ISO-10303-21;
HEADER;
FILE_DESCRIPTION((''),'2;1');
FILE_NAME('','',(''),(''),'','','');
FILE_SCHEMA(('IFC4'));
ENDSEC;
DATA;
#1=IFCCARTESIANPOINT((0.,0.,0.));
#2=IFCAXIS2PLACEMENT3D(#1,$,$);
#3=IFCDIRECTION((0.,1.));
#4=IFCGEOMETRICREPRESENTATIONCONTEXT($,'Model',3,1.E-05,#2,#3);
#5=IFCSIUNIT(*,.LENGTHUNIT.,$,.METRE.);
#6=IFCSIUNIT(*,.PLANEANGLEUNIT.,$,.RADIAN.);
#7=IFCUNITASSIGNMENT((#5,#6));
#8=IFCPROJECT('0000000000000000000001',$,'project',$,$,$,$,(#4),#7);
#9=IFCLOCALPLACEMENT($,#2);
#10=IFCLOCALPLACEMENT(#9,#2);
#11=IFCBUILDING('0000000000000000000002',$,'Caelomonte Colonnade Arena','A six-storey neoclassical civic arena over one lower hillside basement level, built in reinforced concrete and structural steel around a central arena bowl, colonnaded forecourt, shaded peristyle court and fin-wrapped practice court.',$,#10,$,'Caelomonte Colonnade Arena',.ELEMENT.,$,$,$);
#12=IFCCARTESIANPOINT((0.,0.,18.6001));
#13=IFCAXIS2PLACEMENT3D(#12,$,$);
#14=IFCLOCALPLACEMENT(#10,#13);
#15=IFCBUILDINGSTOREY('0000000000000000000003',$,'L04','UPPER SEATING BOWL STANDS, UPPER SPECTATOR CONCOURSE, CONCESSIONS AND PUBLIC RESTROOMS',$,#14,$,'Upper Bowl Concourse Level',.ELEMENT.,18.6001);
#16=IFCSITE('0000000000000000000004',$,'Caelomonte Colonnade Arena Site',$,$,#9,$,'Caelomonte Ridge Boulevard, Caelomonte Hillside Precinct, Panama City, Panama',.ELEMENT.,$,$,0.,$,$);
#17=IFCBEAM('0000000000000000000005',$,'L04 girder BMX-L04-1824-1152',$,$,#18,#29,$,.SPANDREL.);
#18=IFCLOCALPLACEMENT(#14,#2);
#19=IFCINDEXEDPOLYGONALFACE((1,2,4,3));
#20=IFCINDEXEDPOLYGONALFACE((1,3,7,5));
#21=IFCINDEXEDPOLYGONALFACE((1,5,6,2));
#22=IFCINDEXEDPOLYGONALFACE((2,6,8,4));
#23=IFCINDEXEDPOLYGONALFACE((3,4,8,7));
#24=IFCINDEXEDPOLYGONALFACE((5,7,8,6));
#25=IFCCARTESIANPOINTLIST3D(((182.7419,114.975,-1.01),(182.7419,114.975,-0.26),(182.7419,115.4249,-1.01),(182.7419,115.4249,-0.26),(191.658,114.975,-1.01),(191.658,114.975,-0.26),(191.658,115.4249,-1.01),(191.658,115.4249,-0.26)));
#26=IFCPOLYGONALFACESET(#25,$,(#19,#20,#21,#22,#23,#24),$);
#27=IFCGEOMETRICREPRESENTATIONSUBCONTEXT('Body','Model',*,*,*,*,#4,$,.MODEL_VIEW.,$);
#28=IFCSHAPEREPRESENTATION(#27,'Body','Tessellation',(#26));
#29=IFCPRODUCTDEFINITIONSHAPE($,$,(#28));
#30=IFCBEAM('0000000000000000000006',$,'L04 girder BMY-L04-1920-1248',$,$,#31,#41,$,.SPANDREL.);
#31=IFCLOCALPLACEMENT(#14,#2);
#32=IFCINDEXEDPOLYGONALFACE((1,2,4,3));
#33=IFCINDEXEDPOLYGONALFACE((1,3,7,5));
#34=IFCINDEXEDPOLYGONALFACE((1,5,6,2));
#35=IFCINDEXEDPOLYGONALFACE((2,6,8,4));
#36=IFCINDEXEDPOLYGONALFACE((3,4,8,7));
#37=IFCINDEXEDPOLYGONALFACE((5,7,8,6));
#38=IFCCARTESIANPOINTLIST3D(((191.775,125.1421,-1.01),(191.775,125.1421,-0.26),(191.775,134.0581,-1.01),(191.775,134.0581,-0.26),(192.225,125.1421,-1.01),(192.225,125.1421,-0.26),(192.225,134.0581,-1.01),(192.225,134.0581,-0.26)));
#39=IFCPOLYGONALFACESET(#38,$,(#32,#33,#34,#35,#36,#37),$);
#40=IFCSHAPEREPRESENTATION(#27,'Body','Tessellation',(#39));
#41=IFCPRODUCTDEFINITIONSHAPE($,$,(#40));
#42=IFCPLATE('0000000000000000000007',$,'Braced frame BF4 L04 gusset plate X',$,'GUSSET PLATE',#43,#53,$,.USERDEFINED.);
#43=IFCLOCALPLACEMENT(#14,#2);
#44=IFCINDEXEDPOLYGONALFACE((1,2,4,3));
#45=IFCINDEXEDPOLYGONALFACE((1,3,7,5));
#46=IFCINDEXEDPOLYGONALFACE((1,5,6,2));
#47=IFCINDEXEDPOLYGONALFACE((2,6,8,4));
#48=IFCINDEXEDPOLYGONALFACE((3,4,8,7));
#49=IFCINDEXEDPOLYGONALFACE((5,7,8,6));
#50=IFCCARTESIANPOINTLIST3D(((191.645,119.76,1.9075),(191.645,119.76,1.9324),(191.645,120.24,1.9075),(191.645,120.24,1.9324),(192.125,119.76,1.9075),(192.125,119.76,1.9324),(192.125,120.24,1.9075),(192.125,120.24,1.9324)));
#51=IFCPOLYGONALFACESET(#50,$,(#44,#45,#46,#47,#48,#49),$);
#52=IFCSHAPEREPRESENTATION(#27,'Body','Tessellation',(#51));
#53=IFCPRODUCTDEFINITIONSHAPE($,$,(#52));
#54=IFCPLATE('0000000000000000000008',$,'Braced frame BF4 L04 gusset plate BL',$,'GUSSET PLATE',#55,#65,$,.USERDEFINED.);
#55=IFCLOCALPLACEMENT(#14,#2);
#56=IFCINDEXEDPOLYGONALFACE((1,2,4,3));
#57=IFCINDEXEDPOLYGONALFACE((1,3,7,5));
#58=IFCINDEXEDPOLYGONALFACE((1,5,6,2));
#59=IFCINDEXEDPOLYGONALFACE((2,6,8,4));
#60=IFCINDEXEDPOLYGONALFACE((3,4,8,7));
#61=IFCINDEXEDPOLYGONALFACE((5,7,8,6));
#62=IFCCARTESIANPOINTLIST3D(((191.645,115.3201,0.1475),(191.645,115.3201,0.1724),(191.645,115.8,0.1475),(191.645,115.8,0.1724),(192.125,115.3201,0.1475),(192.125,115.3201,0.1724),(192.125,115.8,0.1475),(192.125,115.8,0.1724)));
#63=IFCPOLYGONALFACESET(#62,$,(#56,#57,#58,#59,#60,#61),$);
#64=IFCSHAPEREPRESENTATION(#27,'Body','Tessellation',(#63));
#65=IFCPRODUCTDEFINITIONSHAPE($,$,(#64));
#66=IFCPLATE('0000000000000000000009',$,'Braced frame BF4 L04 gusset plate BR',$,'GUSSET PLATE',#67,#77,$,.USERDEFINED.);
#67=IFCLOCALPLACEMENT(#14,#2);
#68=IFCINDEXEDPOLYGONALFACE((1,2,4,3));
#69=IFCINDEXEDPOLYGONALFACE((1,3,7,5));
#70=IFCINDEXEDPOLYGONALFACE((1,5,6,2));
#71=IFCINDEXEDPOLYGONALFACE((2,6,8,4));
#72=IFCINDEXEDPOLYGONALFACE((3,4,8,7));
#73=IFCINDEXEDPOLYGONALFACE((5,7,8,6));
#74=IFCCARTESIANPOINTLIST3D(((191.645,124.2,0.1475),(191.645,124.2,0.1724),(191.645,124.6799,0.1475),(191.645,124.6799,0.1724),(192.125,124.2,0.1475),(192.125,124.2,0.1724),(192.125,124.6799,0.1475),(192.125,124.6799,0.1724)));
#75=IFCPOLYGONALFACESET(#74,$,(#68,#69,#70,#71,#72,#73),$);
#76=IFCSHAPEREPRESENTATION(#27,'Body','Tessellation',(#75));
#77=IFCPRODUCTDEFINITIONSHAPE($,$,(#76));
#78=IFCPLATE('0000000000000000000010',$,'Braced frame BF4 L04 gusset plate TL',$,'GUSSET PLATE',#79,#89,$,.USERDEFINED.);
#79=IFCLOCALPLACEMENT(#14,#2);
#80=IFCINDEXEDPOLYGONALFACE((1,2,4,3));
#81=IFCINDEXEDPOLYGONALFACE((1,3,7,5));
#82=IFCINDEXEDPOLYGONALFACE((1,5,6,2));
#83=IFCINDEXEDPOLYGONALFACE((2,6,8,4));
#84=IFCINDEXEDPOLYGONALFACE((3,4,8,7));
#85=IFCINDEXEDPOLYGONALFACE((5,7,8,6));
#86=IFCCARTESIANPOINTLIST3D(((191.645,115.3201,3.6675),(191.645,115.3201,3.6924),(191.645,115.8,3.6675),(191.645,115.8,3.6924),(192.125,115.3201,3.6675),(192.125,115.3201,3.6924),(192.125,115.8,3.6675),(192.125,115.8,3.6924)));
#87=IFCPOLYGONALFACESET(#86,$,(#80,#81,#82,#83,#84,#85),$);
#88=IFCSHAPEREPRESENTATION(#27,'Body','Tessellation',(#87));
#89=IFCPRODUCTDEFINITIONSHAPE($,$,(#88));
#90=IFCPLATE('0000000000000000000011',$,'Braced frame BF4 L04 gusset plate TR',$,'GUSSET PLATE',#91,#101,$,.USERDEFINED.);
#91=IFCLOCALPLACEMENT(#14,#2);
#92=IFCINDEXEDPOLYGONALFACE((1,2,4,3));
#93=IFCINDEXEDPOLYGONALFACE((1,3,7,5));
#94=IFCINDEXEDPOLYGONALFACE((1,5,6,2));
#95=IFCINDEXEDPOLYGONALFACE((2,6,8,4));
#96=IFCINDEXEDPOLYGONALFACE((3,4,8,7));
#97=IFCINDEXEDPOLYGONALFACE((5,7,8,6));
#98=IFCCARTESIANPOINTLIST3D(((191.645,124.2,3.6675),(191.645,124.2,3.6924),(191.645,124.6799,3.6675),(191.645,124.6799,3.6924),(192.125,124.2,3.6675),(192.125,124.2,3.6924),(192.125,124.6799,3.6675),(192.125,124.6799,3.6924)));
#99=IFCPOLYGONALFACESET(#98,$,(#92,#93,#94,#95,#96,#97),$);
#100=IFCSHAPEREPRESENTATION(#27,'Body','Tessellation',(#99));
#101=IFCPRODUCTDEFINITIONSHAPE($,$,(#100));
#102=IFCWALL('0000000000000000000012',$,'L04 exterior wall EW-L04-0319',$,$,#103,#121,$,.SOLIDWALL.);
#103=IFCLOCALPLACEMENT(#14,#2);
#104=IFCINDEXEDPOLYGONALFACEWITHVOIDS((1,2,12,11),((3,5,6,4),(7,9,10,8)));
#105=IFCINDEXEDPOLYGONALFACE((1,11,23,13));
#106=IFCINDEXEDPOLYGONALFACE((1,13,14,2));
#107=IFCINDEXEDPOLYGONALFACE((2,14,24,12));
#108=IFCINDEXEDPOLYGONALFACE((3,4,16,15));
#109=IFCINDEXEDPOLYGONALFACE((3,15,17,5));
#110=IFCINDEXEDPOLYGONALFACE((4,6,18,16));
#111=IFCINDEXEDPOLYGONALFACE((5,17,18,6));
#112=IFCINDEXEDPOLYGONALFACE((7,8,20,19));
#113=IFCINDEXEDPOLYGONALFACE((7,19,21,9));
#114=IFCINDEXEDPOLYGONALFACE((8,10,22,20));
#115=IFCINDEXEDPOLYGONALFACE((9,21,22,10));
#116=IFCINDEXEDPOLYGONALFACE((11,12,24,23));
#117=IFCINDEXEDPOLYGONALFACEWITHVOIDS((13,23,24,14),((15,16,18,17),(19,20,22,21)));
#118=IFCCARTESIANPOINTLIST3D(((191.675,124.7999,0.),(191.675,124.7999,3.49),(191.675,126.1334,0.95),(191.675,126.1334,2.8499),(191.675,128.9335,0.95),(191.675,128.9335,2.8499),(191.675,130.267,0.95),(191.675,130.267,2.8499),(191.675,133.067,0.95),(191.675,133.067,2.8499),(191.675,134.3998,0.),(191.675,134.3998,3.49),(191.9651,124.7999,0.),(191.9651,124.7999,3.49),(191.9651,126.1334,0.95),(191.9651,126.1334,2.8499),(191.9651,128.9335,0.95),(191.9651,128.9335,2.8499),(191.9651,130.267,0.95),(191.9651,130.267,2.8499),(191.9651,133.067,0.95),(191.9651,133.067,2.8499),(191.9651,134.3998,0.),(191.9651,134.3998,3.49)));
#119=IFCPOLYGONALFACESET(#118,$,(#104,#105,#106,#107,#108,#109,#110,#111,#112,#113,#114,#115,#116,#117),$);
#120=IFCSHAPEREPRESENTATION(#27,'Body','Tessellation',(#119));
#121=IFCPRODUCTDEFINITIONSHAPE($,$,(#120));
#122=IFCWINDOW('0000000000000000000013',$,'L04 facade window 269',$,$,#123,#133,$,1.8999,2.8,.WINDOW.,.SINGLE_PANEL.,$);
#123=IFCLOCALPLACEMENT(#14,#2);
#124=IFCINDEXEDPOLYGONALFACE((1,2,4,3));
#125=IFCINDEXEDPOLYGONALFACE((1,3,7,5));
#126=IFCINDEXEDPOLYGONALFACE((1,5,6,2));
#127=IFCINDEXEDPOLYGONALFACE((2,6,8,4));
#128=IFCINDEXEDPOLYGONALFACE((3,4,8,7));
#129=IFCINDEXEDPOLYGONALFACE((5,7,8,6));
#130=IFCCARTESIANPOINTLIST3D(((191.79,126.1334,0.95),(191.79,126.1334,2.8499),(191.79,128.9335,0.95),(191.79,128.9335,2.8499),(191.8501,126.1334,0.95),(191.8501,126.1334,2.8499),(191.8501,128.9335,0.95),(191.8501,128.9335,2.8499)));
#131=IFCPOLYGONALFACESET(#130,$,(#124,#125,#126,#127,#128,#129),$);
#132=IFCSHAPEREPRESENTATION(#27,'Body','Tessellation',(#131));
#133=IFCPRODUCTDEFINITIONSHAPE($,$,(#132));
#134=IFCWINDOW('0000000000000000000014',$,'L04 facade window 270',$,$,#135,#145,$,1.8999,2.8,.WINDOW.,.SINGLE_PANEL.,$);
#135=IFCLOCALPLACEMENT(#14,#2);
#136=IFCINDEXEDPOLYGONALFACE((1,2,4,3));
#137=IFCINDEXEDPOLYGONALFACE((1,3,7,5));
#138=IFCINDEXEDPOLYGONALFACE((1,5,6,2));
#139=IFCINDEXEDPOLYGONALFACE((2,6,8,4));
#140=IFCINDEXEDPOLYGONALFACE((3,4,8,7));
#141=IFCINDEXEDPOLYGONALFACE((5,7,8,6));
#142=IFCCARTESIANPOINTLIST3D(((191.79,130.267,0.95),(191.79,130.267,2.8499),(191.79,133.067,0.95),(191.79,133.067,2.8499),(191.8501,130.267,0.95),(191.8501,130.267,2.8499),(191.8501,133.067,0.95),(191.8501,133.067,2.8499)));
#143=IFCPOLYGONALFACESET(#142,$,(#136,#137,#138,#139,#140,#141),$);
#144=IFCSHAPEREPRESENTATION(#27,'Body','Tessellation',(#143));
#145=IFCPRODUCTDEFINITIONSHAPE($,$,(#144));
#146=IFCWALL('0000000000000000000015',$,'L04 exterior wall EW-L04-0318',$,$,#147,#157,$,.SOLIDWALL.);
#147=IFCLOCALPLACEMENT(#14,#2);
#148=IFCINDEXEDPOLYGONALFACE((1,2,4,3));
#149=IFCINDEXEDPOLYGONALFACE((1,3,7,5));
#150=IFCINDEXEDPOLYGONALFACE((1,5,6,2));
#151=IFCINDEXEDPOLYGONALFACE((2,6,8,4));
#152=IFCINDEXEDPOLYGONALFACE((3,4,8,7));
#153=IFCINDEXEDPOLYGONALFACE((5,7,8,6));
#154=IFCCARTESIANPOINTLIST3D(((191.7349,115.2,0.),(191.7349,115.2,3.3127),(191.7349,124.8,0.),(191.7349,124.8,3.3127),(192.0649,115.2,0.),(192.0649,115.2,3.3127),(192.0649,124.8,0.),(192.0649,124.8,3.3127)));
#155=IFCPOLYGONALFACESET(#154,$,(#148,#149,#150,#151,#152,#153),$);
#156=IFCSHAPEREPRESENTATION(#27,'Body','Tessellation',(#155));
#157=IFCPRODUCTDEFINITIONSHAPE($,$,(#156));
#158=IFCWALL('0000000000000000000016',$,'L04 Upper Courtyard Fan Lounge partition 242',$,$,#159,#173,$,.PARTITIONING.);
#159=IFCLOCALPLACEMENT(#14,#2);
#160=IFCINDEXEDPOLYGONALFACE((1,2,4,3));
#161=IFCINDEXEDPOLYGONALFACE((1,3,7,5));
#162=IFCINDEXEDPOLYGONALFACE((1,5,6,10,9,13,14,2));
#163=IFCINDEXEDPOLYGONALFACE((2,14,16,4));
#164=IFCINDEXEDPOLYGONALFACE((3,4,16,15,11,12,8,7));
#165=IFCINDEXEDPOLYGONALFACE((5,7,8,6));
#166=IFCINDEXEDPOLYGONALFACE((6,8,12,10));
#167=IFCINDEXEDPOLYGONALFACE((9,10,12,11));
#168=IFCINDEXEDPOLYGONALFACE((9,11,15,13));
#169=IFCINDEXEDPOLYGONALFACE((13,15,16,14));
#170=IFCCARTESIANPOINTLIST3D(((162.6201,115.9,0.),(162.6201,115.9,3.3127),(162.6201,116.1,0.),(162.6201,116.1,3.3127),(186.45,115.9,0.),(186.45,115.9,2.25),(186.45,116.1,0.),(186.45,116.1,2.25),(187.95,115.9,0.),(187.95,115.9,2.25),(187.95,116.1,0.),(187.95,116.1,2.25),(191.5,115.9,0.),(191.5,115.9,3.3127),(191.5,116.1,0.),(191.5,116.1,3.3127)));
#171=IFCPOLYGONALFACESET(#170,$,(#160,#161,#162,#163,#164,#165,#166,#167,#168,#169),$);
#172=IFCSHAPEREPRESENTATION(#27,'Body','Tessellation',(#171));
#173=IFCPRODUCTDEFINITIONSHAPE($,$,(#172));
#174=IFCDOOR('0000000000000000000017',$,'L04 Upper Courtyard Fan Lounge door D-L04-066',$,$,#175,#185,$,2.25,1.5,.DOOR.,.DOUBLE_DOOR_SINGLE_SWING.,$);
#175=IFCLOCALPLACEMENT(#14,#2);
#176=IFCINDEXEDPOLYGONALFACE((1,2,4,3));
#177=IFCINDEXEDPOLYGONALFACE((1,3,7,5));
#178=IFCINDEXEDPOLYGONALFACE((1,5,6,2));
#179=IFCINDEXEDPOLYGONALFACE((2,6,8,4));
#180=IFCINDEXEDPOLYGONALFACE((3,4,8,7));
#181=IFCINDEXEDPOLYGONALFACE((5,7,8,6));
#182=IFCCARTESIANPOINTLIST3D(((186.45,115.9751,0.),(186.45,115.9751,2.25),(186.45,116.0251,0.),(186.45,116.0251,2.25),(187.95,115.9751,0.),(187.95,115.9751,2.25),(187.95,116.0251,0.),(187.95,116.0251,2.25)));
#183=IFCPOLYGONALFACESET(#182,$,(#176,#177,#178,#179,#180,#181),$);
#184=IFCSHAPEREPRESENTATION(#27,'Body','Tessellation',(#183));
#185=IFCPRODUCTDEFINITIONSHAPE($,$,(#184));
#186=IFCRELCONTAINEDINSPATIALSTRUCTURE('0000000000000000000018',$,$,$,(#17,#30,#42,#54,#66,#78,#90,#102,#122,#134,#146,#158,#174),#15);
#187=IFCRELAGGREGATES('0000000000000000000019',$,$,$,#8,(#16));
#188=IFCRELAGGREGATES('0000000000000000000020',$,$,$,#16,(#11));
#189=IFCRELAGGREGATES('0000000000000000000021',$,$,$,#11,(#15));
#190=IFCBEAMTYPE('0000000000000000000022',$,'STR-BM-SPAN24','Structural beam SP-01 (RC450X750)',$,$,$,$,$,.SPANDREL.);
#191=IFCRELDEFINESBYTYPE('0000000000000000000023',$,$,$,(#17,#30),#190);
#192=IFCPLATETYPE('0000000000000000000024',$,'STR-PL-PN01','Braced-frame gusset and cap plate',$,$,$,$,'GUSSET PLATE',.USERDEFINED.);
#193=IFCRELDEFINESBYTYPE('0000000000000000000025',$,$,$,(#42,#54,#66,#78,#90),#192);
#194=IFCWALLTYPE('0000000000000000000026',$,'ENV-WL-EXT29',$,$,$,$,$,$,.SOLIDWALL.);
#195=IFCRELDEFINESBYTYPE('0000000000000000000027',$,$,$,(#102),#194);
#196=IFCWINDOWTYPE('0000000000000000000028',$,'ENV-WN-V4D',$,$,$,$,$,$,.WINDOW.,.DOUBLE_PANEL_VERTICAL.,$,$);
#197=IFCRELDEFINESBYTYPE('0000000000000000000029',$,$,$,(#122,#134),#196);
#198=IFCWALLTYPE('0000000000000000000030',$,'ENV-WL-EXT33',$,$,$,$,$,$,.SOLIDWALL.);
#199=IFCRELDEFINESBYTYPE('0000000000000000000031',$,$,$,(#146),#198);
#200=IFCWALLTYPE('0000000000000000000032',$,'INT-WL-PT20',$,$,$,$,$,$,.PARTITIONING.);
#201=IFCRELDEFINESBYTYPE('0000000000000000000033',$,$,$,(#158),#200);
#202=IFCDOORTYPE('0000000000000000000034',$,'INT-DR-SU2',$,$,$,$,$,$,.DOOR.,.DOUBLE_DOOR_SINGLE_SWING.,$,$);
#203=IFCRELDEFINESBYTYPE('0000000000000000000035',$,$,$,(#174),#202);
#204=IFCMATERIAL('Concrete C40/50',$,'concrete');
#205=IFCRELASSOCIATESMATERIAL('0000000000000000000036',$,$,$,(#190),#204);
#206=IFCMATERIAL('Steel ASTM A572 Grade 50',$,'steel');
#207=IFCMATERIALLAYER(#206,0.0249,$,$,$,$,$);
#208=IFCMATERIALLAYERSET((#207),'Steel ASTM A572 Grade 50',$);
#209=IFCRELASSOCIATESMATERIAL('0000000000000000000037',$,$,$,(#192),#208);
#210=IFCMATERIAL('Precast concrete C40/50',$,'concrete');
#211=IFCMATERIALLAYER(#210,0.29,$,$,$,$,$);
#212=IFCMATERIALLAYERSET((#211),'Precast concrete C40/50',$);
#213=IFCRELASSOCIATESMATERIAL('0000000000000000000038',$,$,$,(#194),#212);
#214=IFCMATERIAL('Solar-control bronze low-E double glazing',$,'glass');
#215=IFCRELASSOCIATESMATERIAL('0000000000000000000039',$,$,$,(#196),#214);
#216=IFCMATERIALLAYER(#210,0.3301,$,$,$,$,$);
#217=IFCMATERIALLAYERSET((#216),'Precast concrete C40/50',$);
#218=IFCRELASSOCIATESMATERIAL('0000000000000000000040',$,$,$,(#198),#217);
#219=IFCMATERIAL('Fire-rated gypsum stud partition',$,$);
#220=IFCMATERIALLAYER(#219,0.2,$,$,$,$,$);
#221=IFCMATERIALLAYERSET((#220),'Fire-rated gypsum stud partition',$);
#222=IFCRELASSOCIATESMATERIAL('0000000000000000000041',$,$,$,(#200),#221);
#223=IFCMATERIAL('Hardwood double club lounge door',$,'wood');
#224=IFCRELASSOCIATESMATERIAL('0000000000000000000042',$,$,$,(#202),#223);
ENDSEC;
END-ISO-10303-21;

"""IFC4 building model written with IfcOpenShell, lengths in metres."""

from ifc_helpers import new_model, si_unit, direction, frame, frame_2d, origin, origin_2d, place, context, subcontext, project, spatial, rectangle, extrude, material, layer, layer_set, material_profile, profile_set, type_object, element, fill, save


model = new_model("IFC4")

# Units and contexts
model_context = context("Model", 3, precision=1e-05, world=origin(), true_north=direction((0.0, 1.0)))
body_context = subcontext(model_context, "Body", "Model", "MODEL_VIEW")
ifc_project = project(units=[si_unit("LENGTHUNIT", "METRE"), si_unit("PLANEANGLEUNIT", "RADIAN")], contexts=[model_context])

# Site, building, storey
site_placement = place(None, origin())
site = spatial("IfcSite", under=ifc_project, at=site_placement, Name="Caelomonte Colonnade Arena Site", LongName="Caelomonte Ridge Boulevard, Caelomonte Hillside Precinct, Panama City, Panama", CompositionType="ELEMENT", RefElevation=0.0)
building_placement = place(site_placement, origin())
building = spatial("IfcBuilding", under=site, at=building_placement, Name="Caelomonte Colonnade Arena", Description="A six-storey neoclassical civic arena over one lower hillside basement level, built in reinforced concrete and structural steel around a central arena bowl, colonnaded forecourt, shaded peristyle court and fin-wrapped practice court.", LongName="Caelomonte Colonnade Arena", CompositionType="ELEMENT")
storey_placement = place(building_placement, frame((0.0, 0.0, 18.6001)))
storey = spatial("IfcBuildingStorey", under=building, at=storey_placement, Name="L04", Description="UPPER SEATING BOWL STANDS, UPPER SPECTATOR CONCOURSE, CONCESSIONS AND PUBLIC RESTROOMS", LongName="Upper Bowl Concourse Level", CompositionType="ELEMENT", Elevation=18.6001)

# Beams
ifc_material_1 = material(Name="Concrete C40/50", Category="concrete")
ifc_material_profile_1 = material_profile(ifc_material_1, rectangle(XDim=0.45, YDim=0.75, at=origin_2d()), Name="RC450X750")
ifc_profile_set_1 = profile_set([ifc_material_profile_1], Name="Concrete C40/50")
beam_type_1 = type_object("IfcBeamType", Name="STR-BM-SPAN24", Description="Structural beam SP-01 (RC450X750)", PredefinedType="SPANDREL", material=ifc_profile_set_1)
for number, where, z_axis, x_axis, name in (
    (1, (182.7419, 115.2, -0.635), (1.0, 0.0, 0.0), (0.0, 1.0, 0.0), "L04 girder BMX-L04-1824-1152"),
    (2, (192.0, 125.1421, -0.635), (0.0, 1.0, 0.0), (-1.0, 0.0, 0.0), "L04 girder BMY-L04-1920-1248"),
):
    element("IfcBeam", number, at=place(storey_placement, frame(where, z_axis=z_axis, x_axis=x_axis)), inside=storey, type_object=beam_type_1, Name=name, PredefinedType="SPANDREL", context=body_context, shape_type="SweptSolid", body=[
        extrude(rectangle(XDim=0.45, YDim=0.75, at=origin_2d()), origin(), (0.0, 0.0, 1.0), 8.916),
    ])

# Plates
ifc_material_2 = material(Name="Steel ASTM A572 Grade 50", Category="steel")
ifc_layer_1 = layer(ifc_material_2, 0.0249)
ifc_layer_set_1 = layer_set([ifc_layer_1], Name="Steel ASTM A572 Grade 50")
plate_type = type_object("IfcPlateType", Name="STR-PL-PN01", Description="Braced-frame gusset and cap plate", ElementType="GUSSET PLATE", PredefinedType="USERDEFINED", material=ifc_layer_set_1)
for number, where, z_axis, x_axis, name in (
    (3, (191.885, 120.0, 1.9075), (0.0, 0.0, 1.0), (1.0, 0.0, 0.0), "Braced frame BF4 L04 gusset plate X"),
    (4, (191.885, 115.5601, 0.1475), (0.0, 0.0, 1.0), (1.0, 0.0, 0.0), "Braced frame BF4 L04 gusset plate BL"),
    (5, (191.885, 124.4399, 0.1475), (0.0, 0.0, 1.0), (1.0, 0.0, 0.0), "Braced frame BF4 L04 gusset plate BR"),
    (6, (191.885, 115.5601, 3.6675), (0.0, 0.0, 1.0), (1.0, 0.0, 0.0), "Braced frame BF4 L04 gusset plate TL"),
    (7, (191.885, 124.4399, 3.6675), (0.0, 0.0, 1.0), (1.0, 0.0, 0.0), "Braced frame BF4 L04 gusset plate TR"),
):
    element("IfcPlate", number, at=place(storey_placement, frame(where, z_axis=z_axis, x_axis=x_axis)), inside=storey, type_object=plate_type, Name=name, ObjectType="GUSSET PLATE", PredefinedType="USERDEFINED", context=body_context, shape_type="SweptSolid", body=[
        extrude(rectangle(XDim=0.48, YDim=0.48, at=origin_2d()), origin(), (0.0, 0.0, 1.0), 0.0249),
    ])

# Wall, openings, windows
ifc_material_3 = material(Name="Precast concrete C40/50", Category="concrete")
ifc_layer_2 = layer(ifc_material_3, 0.29)
ifc_layer_set_2 = layer_set([ifc_layer_2], Name="Precast concrete C40/50")
wall_type_1 = type_object("IfcWallType", Name="ENV-WL-EXT29", PredefinedType="SOLIDWALL", material=ifc_layer_set_2)
wall_1_placement = place(storey_placement, frame((191.8201, 124.8, 0.0), z_axis=(0.0, 0.0, 1.0), x_axis=(0.0, 1.0, 0.0)))
wall_1 = element("IfcWall", 8, at=wall_1_placement, inside=storey, type_object=wall_type_1, Name="L04 exterior wall EW-L04-0319", PredefinedType="SOLIDWALL", context=body_context, shape_type="SweptSolid", body=[
    extrude(rectangle(XDim=9.5999, YDim=0.29, at=frame_2d((4.7998, 0.0))), origin(), (0.0, 0.0, 1.0), 3.49),
])
opening_1_placement = place(wall_1_placement, frame((4.1333, 0.0, 0.95), z_axis=(0.0, 0.0, 1.0), x_axis=(-1.0, 0.0, 0.0)))
opening_1 = element("IfcOpeningElement", 9, at=opening_1_placement, cuts=wall_1, PredefinedType="OPENING", context=body_context, shape_type="SweptSolid", body=[
    extrude(rectangle(XDim=2.8, YDim=1.8999, at=frame_2d((1.3999, 0.95))), frame((0.0, 0.155, 0.0), z_axis=(0.0, -1.0, 0.0), x_axis=(1.0, 0.0, 0.0)), (0.0, 0.0, 1.0), 0.3101),
])
opening_2_placement = place(wall_1_placement, frame((8.2668, 0.0, 0.95), z_axis=(0.0, 0.0, 1.0), x_axis=(-1.0, 0.0, 0.0)))
opening_2 = element("IfcOpeningElement", 10, at=opening_2_placement, cuts=wall_1, PredefinedType="OPENING", context=body_context, shape_type="SweptSolid", body=[
    extrude(rectangle(XDim=2.8, YDim=1.8999, at=frame_2d((1.3999, 0.95))), frame((0.0, 0.155, 0.0), z_axis=(0.0, -1.0, 0.0), x_axis=(1.0, 0.0, 0.0)), (0.0, 0.0, 1.0), 0.3101),
])
ifc_material_4 = material(Name="Solar-control bronze low-E double glazing", Category="glass")
window_type = type_object("IfcWindowType", Name="ENV-WN-V4D", PartitioningType="DOUBLE_PANEL_VERTICAL", PredefinedType="WINDOW", material=ifc_material_4)
window_1_placement = place(opening_1_placement, origin())
window_1 = element("IfcWindow", 11, at=window_1_placement, inside=storey, type_object=window_type, Name="L04 facade window 269", OverallHeight=1.8999, OverallWidth=2.8, PartitioningType="SINGLE_PANEL", PredefinedType="WINDOW", context=body_context, shape_type="SweptSolid", body=[
    extrude(rectangle(XDim=2.8, YDim=1.8999, at=frame_2d((1.3999, 0.95))), frame((0.0, 0.03, 0.0), z_axis=(0.0, -1.0, 0.0), x_axis=(1.0, 0.0, 0.0)), (0.0, 0.0, 1.0), 0.0601),
])
fill(opening_1, window_1)
window_2_placement = place(opening_2_placement, origin())
window_2 = element("IfcWindow", 12, at=window_2_placement, inside=storey, type_object=window_type, Name="L04 facade window 270", OverallHeight=1.8999, OverallWidth=2.8, PartitioningType="SINGLE_PANEL", PredefinedType="WINDOW", context=body_context, shape_type="SweptSolid", body=[
    extrude(rectangle(XDim=2.8, YDim=1.8999, at=frame_2d((1.3999, 0.95))), frame((0.0, 0.03, 0.0), z_axis=(0.0, -1.0, 0.0), x_axis=(1.0, 0.0, 0.0)), (0.0, 0.0, 1.0), 0.0601),
])
fill(opening_2, window_2)

# Wall
ifc_layer_3 = layer(ifc_material_3, 0.3301)
ifc_layer_set_3 = layer_set([ifc_layer_3], Name="Precast concrete C40/50")
wall_type_2 = type_object("IfcWallType", Name="ENV-WL-EXT33", PredefinedType="SOLIDWALL", material=ifc_layer_set_3)
wall_2_placement = place(storey_placement, frame((191.8999, 115.2, 0.0), z_axis=(0.0, 0.0, 1.0), x_axis=(0.0, 1.0, 0.0)))
element("IfcWall", 13, at=wall_2_placement, inside=storey, type_object=wall_type_2, Name="L04 exterior wall EW-L04-0318", PredefinedType="SOLIDWALL", context=body_context, shape_type="SweptSolid", body=[
    extrude(rectangle(XDim=9.6001, YDim=0.3301, at=frame_2d((4.8, 0.0))), origin(), (0.0, 0.0, 1.0), 3.3127),
])

# Wall, opening, door
ifc_material_5 = material(Name="Fire-rated gypsum stud partition")
ifc_layer_4 = layer(ifc_material_5, 0.2)
ifc_layer_set_4 = layer_set([ifc_layer_4], Name="Fire-rated gypsum stud partition")
wall_type_3 = type_object("IfcWallType", Name="INT-WL-PT20", PredefinedType="PARTITIONING", material=ifc_layer_set_4)
wall_3_placement = place(storey_placement, frame((191.5, 116.0, 0.0), z_axis=(0.0, 0.0, 1.0), x_axis=(-1.0, 0.0, 0.0)))
wall_3 = element("IfcWall", 14, at=wall_3_placement, inside=storey, type_object=wall_type_3, Name="L04 Upper Courtyard Fan Lounge partition 242", PredefinedType="PARTITIONING", context=body_context, shape_type="SweptSolid", body=[
    extrude(rectangle(XDim=28.8799, YDim=0.2, at=frame_2d((14.4399, 0.0))), origin(), (0.0, 0.0, 1.0), 3.3127),
])
opening_3_placement = place(wall_3_placement, frame((3.55, 0.0, 0.0), z_axis=(0.0, 0.0, 1.0), x_axis=(1.0, 0.0, 0.0)))
opening_3 = element("IfcOpeningElement", 15, at=opening_3_placement, cuts=wall_3, PredefinedType="OPENING", context=body_context, shape_type="SweptSolid", body=[
    extrude(rectangle(XDim=1.5, YDim=2.25, at=frame_2d((0.75, 1.125))), frame((0.0, 0.1099, 0.0), z_axis=(0.0, -1.0, 0.0), x_axis=(1.0, 0.0, 0.0)), (0.0, 0.0, 1.0), 0.22),
])
ifc_material_6 = material(Name="Hardwood double club lounge door", Category="wood")
door_type = type_object("IfcDoorType", Name="INT-DR-SU2", OperationType="DOUBLE_DOOR_SINGLE_SWING", PredefinedType="DOOR", material=ifc_material_6)
door_placement = place(opening_3_placement, origin())
door = element("IfcDoor", 16, at=door_placement, inside=storey, type_object=door_type, Name="L04 Upper Courtyard Fan Lounge door D-L04-066", OperationType="DOUBLE_DOOR_SINGLE_SWING", OverallHeight=2.25, OverallWidth=1.5, PredefinedType="DOOR", context=body_context, shape_type="SweptSolid", body=[
    extrude(rectangle(XDim=1.5, YDim=2.25, at=frame_2d((0.75, 1.125))), frame((0.0, 0.0249, 0.0), z_axis=(0.0, -1.0, 0.0), x_axis=(1.0, 0.0, 0.0)), (0.0, 0.0, 1.0), 0.05),
])
fill(opening_3, door)

save(model, "model.ifc")
